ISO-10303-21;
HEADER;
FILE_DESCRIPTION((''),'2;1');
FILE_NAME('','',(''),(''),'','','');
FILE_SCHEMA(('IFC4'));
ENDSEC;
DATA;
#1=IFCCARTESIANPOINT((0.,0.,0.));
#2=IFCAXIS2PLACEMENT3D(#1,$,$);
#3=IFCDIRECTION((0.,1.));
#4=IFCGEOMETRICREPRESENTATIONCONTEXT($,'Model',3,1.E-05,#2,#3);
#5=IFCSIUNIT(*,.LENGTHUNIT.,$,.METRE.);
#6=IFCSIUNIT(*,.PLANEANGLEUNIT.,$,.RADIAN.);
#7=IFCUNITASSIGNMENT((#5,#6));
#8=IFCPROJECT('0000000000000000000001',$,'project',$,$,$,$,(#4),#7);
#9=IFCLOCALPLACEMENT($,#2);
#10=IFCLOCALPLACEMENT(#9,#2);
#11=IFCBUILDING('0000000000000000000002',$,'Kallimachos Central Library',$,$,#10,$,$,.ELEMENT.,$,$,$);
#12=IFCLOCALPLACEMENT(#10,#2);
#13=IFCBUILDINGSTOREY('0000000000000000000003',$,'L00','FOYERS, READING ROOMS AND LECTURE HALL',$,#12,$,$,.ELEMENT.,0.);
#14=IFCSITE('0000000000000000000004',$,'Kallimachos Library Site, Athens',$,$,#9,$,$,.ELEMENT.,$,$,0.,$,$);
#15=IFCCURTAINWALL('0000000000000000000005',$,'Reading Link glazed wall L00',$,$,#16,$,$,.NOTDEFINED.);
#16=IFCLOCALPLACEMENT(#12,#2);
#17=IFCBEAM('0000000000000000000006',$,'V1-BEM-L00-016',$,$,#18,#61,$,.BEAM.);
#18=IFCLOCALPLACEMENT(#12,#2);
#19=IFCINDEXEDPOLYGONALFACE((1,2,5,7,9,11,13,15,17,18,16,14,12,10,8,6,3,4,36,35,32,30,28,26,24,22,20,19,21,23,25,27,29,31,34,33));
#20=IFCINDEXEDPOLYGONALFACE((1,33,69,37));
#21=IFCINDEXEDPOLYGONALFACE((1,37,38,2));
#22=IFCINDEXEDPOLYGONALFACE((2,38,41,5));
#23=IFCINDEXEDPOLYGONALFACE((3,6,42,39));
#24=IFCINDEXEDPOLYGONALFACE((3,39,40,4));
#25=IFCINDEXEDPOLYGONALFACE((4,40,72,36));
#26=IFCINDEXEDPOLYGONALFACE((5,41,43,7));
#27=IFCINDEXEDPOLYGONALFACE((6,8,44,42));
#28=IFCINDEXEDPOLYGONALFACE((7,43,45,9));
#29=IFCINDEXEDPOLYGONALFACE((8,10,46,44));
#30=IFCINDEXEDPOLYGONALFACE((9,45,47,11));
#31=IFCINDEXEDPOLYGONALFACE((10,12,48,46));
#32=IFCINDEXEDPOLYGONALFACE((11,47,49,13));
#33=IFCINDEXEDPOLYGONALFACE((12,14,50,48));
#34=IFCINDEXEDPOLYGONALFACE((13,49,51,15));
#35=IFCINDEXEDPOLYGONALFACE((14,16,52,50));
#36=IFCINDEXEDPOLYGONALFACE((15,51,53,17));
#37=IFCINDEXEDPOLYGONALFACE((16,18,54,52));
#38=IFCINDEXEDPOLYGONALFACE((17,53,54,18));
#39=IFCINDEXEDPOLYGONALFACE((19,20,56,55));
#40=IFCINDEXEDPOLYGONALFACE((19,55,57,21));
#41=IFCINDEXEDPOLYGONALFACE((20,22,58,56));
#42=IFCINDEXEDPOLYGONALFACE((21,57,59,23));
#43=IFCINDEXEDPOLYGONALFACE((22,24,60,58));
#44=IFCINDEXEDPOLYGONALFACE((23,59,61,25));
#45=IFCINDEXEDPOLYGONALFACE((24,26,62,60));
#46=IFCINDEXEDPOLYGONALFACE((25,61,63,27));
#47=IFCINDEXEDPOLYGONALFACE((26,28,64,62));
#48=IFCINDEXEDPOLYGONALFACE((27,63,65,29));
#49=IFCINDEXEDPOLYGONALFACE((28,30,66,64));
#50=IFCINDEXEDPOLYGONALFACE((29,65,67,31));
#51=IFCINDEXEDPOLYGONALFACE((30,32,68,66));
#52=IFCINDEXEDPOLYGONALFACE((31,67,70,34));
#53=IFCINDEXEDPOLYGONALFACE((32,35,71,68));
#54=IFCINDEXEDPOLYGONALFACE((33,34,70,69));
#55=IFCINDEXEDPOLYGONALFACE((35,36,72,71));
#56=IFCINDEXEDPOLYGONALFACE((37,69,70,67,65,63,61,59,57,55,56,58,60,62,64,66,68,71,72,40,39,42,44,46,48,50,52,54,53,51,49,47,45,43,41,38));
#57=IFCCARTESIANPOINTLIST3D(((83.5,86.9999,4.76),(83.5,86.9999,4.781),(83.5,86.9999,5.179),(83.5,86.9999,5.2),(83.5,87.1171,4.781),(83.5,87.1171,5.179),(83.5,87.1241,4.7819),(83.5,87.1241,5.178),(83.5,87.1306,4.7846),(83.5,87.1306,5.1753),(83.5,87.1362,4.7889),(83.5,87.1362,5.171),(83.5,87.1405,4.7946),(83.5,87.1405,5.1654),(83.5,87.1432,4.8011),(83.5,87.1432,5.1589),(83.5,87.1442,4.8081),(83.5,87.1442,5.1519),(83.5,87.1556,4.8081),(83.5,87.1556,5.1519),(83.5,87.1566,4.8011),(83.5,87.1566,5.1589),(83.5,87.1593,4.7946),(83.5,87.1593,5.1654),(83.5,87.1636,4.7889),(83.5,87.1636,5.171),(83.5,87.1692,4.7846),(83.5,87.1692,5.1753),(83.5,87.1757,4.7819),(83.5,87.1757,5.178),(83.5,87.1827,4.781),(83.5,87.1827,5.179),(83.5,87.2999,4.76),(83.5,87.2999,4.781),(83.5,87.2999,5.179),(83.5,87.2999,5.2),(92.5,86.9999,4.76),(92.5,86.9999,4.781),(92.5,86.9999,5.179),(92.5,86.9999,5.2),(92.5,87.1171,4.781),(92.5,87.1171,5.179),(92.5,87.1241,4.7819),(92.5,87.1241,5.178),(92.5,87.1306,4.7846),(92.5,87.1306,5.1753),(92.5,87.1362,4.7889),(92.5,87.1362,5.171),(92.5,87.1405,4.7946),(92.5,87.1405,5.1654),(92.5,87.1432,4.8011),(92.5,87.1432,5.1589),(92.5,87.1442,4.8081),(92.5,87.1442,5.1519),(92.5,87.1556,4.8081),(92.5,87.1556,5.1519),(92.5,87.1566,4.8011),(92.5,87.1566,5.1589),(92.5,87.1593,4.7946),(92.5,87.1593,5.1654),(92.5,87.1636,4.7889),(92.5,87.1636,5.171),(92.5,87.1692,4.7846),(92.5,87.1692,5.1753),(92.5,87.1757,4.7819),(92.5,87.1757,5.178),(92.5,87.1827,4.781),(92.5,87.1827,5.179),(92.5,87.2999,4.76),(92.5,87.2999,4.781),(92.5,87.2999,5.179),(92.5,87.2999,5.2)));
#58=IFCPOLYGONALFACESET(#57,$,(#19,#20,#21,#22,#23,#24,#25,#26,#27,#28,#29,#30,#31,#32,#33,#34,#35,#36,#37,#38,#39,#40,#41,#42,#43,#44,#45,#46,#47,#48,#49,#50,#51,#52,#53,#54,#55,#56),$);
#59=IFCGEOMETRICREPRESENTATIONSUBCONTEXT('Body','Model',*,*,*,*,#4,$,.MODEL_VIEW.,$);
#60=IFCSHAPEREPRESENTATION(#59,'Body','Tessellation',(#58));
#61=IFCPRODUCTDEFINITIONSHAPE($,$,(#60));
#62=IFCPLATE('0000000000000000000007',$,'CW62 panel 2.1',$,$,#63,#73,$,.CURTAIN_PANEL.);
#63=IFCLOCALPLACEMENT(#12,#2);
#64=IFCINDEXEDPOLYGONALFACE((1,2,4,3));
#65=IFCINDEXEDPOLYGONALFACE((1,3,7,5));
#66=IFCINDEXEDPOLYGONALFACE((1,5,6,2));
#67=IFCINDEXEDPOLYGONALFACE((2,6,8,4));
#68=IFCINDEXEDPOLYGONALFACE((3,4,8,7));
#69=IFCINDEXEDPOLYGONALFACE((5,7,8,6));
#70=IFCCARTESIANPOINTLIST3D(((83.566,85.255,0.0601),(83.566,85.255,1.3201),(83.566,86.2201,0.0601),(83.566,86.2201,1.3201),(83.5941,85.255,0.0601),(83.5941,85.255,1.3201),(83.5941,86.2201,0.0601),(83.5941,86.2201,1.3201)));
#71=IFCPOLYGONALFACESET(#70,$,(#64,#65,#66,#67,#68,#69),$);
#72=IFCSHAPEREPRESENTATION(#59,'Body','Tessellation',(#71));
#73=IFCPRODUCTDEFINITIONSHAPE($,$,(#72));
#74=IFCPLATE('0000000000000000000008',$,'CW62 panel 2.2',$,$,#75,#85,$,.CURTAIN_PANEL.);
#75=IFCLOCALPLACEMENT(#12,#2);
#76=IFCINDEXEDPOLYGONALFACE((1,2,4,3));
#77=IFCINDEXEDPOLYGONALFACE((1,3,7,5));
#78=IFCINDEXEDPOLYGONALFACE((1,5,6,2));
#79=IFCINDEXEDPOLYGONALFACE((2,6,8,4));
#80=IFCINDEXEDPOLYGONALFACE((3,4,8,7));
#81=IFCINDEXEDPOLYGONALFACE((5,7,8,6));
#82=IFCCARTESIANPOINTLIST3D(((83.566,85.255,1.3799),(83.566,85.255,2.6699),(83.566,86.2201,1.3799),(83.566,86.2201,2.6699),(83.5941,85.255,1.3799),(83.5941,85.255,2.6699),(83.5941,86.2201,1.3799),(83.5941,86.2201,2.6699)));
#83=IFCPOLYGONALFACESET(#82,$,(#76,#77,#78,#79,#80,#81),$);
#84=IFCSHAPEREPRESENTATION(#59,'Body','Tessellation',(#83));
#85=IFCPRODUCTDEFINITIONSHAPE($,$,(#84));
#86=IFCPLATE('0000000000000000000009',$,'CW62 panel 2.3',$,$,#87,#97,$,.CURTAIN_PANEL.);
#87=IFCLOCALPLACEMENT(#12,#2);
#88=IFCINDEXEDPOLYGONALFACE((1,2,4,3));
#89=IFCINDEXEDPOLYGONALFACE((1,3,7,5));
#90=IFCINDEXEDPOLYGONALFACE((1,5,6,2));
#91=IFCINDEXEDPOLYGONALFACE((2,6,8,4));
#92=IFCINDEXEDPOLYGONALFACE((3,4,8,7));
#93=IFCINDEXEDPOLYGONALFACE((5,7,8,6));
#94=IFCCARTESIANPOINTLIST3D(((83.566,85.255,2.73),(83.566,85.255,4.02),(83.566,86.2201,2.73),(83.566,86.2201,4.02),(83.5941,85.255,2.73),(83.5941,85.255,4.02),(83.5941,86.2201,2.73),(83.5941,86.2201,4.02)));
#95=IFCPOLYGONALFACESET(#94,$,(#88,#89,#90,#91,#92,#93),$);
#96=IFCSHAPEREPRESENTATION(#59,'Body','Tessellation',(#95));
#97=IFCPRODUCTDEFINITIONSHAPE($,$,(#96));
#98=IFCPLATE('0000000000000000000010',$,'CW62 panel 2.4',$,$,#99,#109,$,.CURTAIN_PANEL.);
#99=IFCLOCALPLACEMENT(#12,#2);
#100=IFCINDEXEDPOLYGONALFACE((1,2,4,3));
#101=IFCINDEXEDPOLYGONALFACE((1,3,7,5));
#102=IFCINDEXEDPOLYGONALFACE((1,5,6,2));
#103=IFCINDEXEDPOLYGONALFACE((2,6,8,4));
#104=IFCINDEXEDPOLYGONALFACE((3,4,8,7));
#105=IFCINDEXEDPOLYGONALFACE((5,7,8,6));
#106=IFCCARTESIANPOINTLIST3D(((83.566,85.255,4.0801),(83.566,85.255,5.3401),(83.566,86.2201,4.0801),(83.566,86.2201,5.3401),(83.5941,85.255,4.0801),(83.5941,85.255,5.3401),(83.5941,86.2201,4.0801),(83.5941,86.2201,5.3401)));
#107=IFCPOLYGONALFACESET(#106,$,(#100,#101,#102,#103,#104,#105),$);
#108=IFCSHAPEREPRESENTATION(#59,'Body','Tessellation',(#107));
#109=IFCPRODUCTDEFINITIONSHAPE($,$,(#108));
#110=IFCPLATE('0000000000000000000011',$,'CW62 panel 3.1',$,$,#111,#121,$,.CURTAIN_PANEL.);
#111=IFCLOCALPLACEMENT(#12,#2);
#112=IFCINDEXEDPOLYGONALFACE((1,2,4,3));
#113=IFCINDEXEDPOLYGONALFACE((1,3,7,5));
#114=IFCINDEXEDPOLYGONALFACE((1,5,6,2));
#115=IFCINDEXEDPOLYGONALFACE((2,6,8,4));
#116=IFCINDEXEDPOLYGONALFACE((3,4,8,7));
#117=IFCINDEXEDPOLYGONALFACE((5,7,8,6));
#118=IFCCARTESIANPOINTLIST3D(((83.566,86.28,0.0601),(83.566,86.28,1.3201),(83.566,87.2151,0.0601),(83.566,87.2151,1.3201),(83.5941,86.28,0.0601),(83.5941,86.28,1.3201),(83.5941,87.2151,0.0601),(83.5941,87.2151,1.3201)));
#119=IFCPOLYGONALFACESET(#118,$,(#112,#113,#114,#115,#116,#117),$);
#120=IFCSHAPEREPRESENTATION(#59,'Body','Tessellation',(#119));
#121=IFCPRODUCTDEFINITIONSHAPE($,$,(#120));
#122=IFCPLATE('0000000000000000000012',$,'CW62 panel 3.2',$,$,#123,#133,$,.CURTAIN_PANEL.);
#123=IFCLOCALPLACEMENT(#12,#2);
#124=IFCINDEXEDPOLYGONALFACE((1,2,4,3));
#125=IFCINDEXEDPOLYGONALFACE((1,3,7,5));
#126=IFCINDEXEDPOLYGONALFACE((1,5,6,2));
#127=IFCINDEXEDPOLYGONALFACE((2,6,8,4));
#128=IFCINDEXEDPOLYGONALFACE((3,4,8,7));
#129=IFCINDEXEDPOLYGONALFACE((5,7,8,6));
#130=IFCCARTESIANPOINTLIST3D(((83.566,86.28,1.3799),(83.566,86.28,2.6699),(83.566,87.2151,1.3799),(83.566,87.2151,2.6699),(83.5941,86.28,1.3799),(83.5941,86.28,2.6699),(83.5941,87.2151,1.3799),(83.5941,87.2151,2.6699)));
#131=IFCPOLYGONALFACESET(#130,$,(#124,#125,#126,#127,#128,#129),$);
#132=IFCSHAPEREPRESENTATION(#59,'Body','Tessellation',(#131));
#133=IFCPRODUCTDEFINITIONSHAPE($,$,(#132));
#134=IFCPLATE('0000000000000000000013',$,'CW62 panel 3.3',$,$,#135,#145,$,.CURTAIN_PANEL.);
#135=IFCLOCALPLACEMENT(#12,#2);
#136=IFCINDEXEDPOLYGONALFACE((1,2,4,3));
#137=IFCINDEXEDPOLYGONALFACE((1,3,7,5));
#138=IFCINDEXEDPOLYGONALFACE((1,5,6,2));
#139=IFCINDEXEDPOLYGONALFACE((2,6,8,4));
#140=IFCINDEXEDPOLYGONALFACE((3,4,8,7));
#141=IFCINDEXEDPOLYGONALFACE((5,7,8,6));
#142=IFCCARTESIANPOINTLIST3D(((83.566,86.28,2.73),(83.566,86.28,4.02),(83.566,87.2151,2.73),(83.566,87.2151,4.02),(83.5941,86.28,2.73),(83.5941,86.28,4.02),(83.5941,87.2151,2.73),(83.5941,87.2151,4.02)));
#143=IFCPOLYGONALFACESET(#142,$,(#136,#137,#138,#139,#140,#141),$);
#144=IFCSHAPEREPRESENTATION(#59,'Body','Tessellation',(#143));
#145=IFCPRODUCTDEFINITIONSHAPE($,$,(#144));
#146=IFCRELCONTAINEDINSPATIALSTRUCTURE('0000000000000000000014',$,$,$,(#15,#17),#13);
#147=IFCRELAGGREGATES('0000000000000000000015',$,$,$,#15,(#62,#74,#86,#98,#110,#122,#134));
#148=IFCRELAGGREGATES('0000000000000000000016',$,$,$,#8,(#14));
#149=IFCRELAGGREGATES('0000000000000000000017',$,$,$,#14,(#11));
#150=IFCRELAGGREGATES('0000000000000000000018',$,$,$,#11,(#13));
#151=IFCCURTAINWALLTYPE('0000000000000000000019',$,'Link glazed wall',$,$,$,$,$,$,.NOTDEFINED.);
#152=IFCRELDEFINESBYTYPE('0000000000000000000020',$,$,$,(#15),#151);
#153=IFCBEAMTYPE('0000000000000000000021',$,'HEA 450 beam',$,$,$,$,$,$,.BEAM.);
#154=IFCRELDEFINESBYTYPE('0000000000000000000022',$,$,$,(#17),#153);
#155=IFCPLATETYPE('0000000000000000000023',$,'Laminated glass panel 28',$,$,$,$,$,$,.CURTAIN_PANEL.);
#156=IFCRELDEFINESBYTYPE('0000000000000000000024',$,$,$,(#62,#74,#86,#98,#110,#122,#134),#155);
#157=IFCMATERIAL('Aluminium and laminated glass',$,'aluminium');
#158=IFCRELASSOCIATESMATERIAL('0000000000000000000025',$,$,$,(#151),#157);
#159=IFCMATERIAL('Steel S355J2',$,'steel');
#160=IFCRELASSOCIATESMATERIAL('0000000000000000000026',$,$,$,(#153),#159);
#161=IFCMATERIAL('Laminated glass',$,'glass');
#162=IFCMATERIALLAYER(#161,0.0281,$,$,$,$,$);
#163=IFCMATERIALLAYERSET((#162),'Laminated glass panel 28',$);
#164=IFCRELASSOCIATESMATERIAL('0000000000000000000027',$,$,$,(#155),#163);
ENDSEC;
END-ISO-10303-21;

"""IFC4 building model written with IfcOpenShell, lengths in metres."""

from ifc_helpers import new_model, si_unit, direction, frame, origin, origin_2d, place, context, subcontext, project, spatial, rectangle, i_section, extrude, material, layer, layer_set, material_profile, profile_set, type_object, element, aggregate, save


model = new_model("IFC4")

# Units and contexts
model_context = context("Model", 3, precision=1e-05, world=origin(), true_north=direction((0.0, 1.0)))
body_context = subcontext(model_context, "Body", "Model", "MODEL_VIEW")
ifc_project = project(units=[si_unit("LENGTHUNIT", "METRE"), si_unit("PLANEANGLEUNIT", "RADIAN")], contexts=[model_context])

# Site, building, storey
site_placement = place(None, origin())
site = spatial("IfcSite", under=ifc_project, at=site_placement, Name="Kallimachos Library Site, Athens", CompositionType="ELEMENT", RefElevation=0.0)
building_placement = place(site_placement, origin())
building = spatial("IfcBuilding", under=site, at=building_placement, Name="Kallimachos Central Library", CompositionType="ELEMENT")
storey_placement = place(building_placement, origin())
storey = spatial("IfcBuildingStorey", under=building, at=storey_placement, Name="L00", Description="FOYERS, READING ROOMS AND LECTURE HALL", CompositionType="ELEMENT", Elevation=0.0)

# Curtain wall
ifc_material_1 = material(Name="Aluminium and laminated glass", Category="aluminium")
curtain_wall_type = type_object("IfcCurtainWallType", Name="Link glazed wall", PredefinedType="NOTDEFINED", material=ifc_material_1)
curtain_wall_placement = place(storey_placement, origin())
curtain_wall = element("IfcCurtainWall", 1, at=curtain_wall_placement, inside=storey, type_object=curtain_wall_type, Name="Reading Link glazed wall L00", PredefinedType="NOTDEFINED")

# Beam
ifc_material_2 = material(Name="Steel S355J2", Category="steel")
ifc_material_profile_1 = material_profile(ifc_material_2, i_section(OverallWidth=0.3, OverallDepth=0.4399, WebThickness=0.0115, FlangeThickness=0.021, FilletRadius=0.0271, at=origin_2d()), Name="HEA 450")
ifc_profile_set_1 = profile_set([ifc_material_profile_1], Name="Steel S355J2")
beam_type = type_object("IfcBeamType", Name="HEA 450 beam", PredefinedType="BEAM", material=ifc_profile_set_1)
beam_1_placement = place(storey_placement, frame((83.5, 87.1499, 4.98), z_axis=(1.0, 0.0, 0.0), x_axis=(0.0, 1.0, 0.0)))
element("IfcBeam", 2, at=beam_1_placement, inside=storey, type_object=beam_type, Name="V1-BEM-L00-016", PredefinedType="BEAM", context=body_context, shape_type="SweptSolid", body=[
    extrude(i_section(OverallWidth=0.3, OverallDepth=0.4399, WebThickness=0.0115, FlangeThickness=0.021, FilletRadius=0.0271, at=origin_2d()), origin(), (0.0, 0.0, 1.0), 9.0),
])

# Plates
ifc_material_3 = material(Name="Laminated glass", Category="glass")
ifc_layer = layer(ifc_material_3, 0.0281)
ifc_layer_set = layer_set([ifc_layer], Name="Laminated glass panel 28")
plate_type = type_object("IfcPlateType", Name="Laminated glass panel 28", PredefinedType="CURTAIN_PANEL", material=ifc_layer_set)
plate_1_placement = place(storey_placement, frame((83.5801, 85.7375, 0.0601), z_axis=(0.0, 0.0, 1.0), x_axis=(0.0, 1.0, 0.0)))
plate_1 = element("IfcPlate", 3, at=plate_1_placement, type_object=plate_type, Name="CW62 panel 2.1", PredefinedType="CURTAIN_PANEL", context=body_context, shape_type="SweptSolid", body=[
    extrude(rectangle(XDim=0.9651, YDim=0.0281, at=origin_2d()), origin(), (0.0, 0.0, 1.0), 1.26),
])
plate_2_placement = place(storey_placement, frame((83.5801, 85.7375, 1.3799), z_axis=(0.0, 0.0, 1.0), x_axis=(0.0, 1.0, 0.0)))
plate_2 = element("IfcPlate", 4, at=plate_2_placement, type_object=plate_type, Name="CW62 panel 2.2", PredefinedType="CURTAIN_PANEL", context=body_context, shape_type="SweptSolid", body=[
    extrude(rectangle(XDim=0.9651, YDim=0.0281, at=origin_2d()), origin(), (0.0, 0.0, 1.0), 1.29),
])
plate_3_placement = place(storey_placement, frame((83.5801, 85.7375, 2.73), z_axis=(0.0, 0.0, 1.0), x_axis=(0.0, 1.0, 0.0)))
plate_3 = element("IfcPlate", 5, at=plate_3_placement, type_object=plate_type, Name="CW62 panel 2.3", PredefinedType="CURTAIN_PANEL", context=body_context, shape_type="SweptSolid", body=[
    extrude(rectangle(XDim=0.9651, YDim=0.0281, at=origin_2d()), origin(), (0.0, 0.0, 1.0), 1.29),
])
plate_4_placement = place(storey_placement, frame((83.5801, 85.7375, 4.0801), z_axis=(0.0, 0.0, 1.0), x_axis=(0.0, 1.0, 0.0)))
plate_4 = element("IfcPlate", 6, at=plate_4_placement, type_object=plate_type, Name="CW62 panel 2.4", PredefinedType="CURTAIN_PANEL", context=body_context, shape_type="SweptSolid", body=[
    extrude(rectangle(XDim=0.9651, YDim=0.0281, at=origin_2d()), origin(), (0.0, 0.0, 1.0), 1.26),
])
plate_5_placement = place(storey_placement, frame((83.5801, 86.7476, 0.0601), z_axis=(0.0, 0.0, 1.0), x_axis=(0.0, 1.0, 0.0)))
plate_5 = element("IfcPlate", 7, at=plate_5_placement, type_object=plate_type, Name="CW62 panel 3.1", PredefinedType="CURTAIN_PANEL", context=body_context, shape_type="SweptSolid", body=[
    extrude(rectangle(XDim=0.9351, YDim=0.0281, at=origin_2d()), origin(), (0.0, 0.0, 1.0), 1.26),
])
plate_6_placement = place(storey_placement, frame((83.5801, 86.7476, 1.3799), z_axis=(0.0, 0.0, 1.0), x_axis=(0.0, 1.0, 0.0)))
plate_6 = element("IfcPlate", 8, at=plate_6_placement, type_object=plate_type, Name="CW62 panel 3.2", PredefinedType="CURTAIN_PANEL", context=body_context, shape_type="SweptSolid", body=[
    extrude(rectangle(XDim=0.9351, YDim=0.0281, at=origin_2d()), origin(), (0.0, 0.0, 1.0), 1.29),
])
plate_7_placement = place(storey_placement, frame((83.5801, 86.7476, 2.73), z_axis=(0.0, 0.0, 1.0), x_axis=(0.0, 1.0, 0.0)))
plate_7 = element("IfcPlate", 9, at=plate_7_placement, type_object=plate_type, Name="CW62 panel 3.3", PredefinedType="CURTAIN_PANEL", context=body_context, shape_type="SweptSolid", body=[
    extrude(rectangle(XDim=0.9351, YDim=0.0281, at=origin_2d()), origin(), (0.0, 0.0, 1.0), 1.29),
])
aggregate(curtain_wall, [plate_1, plate_2, plate_3, plate_4, plate_5, plate_6, plate_7])

save(model, "model.ifc")
